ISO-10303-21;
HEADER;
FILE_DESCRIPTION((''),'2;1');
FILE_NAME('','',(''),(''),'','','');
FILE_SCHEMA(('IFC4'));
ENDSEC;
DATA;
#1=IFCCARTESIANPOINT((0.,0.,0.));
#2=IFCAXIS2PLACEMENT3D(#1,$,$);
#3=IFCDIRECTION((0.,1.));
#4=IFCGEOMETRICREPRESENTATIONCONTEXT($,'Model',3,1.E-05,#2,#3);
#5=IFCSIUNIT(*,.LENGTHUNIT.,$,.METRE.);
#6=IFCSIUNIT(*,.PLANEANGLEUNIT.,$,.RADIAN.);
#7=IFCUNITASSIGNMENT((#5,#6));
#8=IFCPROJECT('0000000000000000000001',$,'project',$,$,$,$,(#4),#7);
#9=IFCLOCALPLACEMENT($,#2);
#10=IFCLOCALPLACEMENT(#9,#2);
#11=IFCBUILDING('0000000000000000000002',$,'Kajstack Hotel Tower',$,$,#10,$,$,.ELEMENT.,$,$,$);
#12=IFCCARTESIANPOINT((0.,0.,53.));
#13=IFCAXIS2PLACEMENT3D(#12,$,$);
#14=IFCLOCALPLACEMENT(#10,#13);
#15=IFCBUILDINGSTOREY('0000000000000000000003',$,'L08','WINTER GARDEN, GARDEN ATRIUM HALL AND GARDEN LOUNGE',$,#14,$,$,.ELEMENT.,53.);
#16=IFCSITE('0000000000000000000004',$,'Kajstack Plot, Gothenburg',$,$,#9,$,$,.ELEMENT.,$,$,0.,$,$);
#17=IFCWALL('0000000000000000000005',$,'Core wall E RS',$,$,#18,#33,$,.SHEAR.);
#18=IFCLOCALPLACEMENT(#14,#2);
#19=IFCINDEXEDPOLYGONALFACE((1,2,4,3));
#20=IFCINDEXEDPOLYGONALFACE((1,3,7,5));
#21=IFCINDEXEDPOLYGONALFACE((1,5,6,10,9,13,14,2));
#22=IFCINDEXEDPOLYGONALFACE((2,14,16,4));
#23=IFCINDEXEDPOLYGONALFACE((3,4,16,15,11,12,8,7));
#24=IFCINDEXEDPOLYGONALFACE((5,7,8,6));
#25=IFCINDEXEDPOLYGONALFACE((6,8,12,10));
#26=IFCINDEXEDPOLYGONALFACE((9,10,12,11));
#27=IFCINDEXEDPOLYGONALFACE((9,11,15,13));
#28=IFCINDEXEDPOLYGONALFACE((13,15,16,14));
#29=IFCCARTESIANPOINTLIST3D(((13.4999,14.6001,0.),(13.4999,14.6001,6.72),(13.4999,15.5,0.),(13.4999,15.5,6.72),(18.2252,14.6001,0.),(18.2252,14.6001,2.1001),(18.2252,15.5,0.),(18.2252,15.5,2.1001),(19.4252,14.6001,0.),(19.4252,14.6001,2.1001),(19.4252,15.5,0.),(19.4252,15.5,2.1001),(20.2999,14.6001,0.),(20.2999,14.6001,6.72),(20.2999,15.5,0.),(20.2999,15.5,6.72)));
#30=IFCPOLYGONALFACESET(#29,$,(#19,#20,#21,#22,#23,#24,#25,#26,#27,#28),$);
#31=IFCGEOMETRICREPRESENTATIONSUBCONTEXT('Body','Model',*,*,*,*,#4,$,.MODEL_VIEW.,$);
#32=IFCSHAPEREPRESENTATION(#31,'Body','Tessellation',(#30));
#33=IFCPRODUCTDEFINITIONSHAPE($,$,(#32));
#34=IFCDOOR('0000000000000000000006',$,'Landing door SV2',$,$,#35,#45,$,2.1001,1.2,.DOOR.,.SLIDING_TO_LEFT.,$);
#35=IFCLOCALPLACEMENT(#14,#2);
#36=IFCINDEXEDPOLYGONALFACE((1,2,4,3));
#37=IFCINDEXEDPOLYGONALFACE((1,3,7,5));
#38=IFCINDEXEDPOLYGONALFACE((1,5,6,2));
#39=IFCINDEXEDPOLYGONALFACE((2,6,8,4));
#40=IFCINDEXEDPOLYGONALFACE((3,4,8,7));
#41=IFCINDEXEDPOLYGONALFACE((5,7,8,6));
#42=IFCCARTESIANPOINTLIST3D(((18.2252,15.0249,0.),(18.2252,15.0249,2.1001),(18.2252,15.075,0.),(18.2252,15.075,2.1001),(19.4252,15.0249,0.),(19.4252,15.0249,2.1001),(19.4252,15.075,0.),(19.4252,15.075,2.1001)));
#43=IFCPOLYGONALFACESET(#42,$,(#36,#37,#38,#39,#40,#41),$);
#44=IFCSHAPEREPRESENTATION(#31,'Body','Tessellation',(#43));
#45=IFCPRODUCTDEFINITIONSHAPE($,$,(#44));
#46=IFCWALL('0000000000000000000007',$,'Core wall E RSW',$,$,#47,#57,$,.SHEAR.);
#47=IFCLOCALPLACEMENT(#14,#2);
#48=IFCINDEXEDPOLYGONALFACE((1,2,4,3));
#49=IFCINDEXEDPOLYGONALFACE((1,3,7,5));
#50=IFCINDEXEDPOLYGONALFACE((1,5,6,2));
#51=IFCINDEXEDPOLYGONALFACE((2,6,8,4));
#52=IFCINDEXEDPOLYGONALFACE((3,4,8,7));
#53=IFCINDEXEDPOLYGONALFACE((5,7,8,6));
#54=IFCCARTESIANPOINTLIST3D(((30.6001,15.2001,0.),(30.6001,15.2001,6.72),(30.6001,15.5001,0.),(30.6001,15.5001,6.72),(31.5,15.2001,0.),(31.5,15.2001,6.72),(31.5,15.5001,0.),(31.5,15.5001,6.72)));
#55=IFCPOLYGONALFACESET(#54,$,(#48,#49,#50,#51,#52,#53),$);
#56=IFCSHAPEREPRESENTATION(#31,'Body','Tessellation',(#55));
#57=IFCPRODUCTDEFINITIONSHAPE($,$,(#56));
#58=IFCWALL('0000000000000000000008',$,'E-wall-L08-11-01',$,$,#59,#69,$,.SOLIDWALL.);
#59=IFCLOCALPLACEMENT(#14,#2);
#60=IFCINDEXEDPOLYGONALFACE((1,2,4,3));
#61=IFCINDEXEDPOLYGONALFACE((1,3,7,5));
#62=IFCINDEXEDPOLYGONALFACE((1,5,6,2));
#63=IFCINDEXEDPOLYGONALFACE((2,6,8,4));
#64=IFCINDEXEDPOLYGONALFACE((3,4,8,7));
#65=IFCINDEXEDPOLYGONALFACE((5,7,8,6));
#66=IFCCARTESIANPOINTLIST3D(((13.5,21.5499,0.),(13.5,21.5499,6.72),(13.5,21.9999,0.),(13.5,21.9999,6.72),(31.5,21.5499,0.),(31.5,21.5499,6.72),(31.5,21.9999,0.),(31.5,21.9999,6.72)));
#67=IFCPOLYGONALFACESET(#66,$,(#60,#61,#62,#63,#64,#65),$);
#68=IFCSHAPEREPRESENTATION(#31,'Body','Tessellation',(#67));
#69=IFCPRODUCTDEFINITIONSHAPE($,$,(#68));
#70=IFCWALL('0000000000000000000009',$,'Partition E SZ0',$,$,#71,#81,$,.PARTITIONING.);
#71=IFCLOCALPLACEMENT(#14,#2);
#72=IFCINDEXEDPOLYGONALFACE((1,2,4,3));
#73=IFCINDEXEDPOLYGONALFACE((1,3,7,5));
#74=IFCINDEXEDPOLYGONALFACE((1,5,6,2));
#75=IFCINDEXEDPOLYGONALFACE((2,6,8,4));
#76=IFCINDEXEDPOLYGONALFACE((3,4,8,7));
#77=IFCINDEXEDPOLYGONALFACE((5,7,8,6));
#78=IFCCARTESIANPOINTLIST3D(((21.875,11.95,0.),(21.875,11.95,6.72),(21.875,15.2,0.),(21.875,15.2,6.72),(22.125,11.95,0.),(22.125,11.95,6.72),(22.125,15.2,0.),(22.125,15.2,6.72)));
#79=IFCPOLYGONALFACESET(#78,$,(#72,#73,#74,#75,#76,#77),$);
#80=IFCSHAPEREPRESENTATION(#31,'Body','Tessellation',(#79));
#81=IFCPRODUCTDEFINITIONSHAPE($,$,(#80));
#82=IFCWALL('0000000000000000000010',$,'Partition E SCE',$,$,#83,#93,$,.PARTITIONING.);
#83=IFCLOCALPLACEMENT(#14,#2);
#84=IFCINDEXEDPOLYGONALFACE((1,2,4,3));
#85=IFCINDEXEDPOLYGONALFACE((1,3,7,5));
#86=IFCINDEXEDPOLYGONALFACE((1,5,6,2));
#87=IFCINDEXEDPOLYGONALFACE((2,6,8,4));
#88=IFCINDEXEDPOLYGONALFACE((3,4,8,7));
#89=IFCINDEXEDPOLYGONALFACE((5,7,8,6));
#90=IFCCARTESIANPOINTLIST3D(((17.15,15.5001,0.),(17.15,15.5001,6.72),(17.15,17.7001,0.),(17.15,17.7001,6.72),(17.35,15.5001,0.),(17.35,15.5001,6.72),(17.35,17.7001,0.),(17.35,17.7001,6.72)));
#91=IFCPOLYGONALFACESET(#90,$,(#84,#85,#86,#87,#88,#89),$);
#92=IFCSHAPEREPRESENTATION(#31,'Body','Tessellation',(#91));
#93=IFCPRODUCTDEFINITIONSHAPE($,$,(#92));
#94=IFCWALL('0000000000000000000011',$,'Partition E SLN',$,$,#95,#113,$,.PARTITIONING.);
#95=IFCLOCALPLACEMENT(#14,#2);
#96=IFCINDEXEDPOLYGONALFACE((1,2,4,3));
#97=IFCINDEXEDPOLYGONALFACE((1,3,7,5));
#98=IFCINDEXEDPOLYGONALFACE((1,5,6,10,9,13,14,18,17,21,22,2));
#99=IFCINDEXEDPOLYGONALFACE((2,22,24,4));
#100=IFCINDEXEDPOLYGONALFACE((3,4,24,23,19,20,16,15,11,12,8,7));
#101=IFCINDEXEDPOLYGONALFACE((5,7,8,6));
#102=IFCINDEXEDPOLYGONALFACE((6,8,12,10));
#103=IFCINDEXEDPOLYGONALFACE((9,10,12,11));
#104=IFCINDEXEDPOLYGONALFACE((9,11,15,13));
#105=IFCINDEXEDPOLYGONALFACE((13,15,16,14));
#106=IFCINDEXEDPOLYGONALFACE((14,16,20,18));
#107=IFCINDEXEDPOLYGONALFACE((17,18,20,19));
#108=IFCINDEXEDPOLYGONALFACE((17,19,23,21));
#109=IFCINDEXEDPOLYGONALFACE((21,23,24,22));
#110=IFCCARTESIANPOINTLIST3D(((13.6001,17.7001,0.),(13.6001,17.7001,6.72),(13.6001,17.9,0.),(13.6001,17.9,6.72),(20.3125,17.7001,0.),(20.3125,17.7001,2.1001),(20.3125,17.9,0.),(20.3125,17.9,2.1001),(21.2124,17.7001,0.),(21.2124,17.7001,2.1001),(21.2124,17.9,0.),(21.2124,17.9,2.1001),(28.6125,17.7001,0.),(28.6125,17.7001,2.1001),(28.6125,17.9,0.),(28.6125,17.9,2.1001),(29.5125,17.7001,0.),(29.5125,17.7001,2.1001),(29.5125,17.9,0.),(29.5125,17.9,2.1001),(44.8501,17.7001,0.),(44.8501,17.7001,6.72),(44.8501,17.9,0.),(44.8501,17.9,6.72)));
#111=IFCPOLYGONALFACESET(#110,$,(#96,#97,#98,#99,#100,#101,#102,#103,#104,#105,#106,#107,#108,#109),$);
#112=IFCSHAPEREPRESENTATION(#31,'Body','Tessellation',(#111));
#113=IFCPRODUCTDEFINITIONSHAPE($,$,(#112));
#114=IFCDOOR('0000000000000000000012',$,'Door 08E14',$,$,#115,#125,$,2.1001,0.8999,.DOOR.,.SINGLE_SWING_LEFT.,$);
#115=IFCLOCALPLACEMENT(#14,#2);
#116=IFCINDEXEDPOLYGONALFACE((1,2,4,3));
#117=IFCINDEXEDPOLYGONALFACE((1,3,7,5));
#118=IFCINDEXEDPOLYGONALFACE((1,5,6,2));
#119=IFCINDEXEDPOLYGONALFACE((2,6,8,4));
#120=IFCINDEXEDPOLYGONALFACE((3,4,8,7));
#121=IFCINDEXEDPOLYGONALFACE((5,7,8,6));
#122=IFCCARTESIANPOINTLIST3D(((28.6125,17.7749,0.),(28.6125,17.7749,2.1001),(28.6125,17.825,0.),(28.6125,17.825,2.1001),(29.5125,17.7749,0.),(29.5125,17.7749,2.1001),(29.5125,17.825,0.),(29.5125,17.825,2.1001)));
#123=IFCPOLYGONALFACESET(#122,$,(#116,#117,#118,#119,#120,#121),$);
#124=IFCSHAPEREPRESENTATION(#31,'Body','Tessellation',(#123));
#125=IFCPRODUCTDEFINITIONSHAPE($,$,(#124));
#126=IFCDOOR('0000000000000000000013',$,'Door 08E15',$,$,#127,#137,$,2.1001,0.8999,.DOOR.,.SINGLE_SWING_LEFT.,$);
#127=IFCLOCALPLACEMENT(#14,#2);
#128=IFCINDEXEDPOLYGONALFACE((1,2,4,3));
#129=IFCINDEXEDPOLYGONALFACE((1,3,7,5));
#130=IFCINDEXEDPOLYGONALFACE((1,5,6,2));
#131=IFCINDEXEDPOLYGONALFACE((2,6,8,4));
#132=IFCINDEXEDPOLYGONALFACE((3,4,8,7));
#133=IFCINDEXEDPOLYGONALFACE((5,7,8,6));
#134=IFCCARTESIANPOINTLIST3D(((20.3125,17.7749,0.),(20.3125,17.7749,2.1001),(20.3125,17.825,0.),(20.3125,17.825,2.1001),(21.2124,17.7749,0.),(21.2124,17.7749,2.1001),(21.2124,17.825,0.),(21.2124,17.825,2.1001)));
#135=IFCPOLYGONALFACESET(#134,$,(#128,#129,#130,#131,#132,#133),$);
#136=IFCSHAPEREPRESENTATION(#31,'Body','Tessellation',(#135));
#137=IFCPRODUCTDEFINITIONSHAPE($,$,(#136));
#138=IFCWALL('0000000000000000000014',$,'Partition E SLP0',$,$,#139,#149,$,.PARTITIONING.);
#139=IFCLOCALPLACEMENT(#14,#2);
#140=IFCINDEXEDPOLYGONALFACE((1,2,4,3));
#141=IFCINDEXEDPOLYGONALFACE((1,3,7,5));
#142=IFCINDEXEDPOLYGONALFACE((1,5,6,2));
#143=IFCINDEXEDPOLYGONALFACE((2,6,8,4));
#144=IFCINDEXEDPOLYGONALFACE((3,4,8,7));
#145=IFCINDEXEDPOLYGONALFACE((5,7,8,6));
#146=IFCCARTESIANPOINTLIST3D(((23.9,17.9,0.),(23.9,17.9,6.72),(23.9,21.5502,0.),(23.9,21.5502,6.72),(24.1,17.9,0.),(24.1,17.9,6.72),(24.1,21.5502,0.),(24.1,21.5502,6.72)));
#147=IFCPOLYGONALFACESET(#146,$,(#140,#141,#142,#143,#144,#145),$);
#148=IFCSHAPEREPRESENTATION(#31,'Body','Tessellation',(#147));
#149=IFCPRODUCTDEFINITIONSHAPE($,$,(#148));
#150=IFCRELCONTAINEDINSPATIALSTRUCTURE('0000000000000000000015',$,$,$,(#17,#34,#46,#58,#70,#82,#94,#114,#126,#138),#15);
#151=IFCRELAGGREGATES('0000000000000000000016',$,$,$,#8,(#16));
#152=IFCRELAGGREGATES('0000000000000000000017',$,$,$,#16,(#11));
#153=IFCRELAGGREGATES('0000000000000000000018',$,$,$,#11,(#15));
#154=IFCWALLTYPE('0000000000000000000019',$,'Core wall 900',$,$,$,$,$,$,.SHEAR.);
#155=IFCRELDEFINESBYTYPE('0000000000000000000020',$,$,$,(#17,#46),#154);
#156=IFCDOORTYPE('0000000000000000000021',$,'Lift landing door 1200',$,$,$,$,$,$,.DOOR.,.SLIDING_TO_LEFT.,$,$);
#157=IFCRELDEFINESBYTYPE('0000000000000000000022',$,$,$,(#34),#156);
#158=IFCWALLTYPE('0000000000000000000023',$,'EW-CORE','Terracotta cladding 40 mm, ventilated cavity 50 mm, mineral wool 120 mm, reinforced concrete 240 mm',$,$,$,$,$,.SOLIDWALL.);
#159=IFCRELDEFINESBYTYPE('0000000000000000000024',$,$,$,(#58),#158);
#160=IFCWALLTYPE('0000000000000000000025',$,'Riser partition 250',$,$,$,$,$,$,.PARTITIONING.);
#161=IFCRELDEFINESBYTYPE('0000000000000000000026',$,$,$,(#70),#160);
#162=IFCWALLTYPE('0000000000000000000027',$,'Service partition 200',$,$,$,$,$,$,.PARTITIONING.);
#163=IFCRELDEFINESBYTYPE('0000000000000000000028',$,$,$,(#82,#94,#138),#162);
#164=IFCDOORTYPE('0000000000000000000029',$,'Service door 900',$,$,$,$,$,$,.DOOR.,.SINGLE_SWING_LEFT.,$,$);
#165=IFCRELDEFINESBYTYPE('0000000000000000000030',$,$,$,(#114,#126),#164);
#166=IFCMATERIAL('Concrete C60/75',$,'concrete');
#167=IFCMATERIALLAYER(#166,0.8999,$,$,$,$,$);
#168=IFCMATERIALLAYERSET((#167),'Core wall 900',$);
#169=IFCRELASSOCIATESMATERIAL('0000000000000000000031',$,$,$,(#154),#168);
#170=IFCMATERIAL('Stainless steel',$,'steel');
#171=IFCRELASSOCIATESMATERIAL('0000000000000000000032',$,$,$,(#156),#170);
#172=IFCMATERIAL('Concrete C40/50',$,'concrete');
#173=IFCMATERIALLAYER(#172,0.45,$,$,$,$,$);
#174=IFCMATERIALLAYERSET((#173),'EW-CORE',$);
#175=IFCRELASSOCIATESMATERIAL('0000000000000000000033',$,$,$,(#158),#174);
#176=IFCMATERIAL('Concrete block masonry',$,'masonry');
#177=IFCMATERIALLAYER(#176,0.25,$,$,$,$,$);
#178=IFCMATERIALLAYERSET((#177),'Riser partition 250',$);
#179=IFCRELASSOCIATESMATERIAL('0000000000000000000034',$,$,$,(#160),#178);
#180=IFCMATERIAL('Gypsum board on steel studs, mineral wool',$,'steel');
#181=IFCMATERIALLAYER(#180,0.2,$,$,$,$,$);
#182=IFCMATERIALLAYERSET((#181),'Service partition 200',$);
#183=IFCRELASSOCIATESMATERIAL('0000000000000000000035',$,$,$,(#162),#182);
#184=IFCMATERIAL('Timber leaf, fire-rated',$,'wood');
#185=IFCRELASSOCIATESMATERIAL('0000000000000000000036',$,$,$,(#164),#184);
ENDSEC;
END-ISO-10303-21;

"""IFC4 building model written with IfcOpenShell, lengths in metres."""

from ifc_helpers import new_model, si_unit, direction, frame, frame_2d, origin, place, context, subcontext, project, spatial, rectangle, extrude, material, layer, layer_set, type_object, element, fill, save


model = new_model("IFC4")

# Units and contexts
model_context = context("Model", 3, precision=1e-05, world=origin(), true_north=direction((0.0, 1.0)))
body_context = subcontext(model_context, "Body", "Model", "MODEL_VIEW")
ifc_project = project(units=[si_unit("LENGTHUNIT", "METRE"), si_unit("PLANEANGLEUNIT", "RADIAN")], contexts=[model_context])

# Site, building, storey
site_placement = place(None, origin())
site = spatial("IfcSite", under=ifc_project, at=site_placement, Name="Kajstack Plot, Gothenburg", CompositionType="ELEMENT", RefElevation=0.0)
building_placement = place(site_placement, origin())
building = spatial("IfcBuilding", under=site, at=building_placement, Name="Kajstack Hotel Tower", CompositionType="ELEMENT")
storey_placement = place(building_placement, frame((0.0, 0.0, 53.0)))
storey = spatial("IfcBuildingStorey", under=building, at=storey_placement, Name="L08", Description="WINTER GARDEN, GARDEN ATRIUM HALL AND GARDEN LOUNGE", CompositionType="ELEMENT", Elevation=53.0)

# Wall, opening, door
ifc_material_1 = material(Name="Concrete C60/75", Category="concrete")
ifc_layer_1 = layer(ifc_material_1, 0.8999)
ifc_layer_set_1 = layer_set([ifc_layer_1], Name="Core wall 900")
wall_type_1 = type_object("IfcWallType", Name="Core wall 900", PredefinedType="SHEAR", material=ifc_layer_set_1)
wall_1_placement = place(storey_placement, frame((13.5, 15.05, 0.0), z_axis=(0.0, 0.0, 1.0), x_axis=(1.0, 0.0, 0.0)))
wall_1 = element("IfcWall", 1, at=wall_1_placement, inside=storey, type_object=wall_type_1, Name="Core wall E RS", PredefinedType="SHEAR", context=body_context, shape_type="SweptSolid", body=[
    extrude(rectangle(XDim=6.8, YDim=0.8999, at=frame_2d((3.3999, 0.0))), origin(), (0.0, 0.0, 1.0), 6.72),
])
opening_1_placement = place(wall_1_placement, frame((4.7251, 0.0, 0.0)))
opening_1 = element("IfcOpeningElement", 2, at=opening_1_placement, cuts=wall_1, PredefinedType="OPENING", context=body_context, shape_type="SweptSolid", body=[
    extrude(rectangle(XDim=1.2, YDim=2.1001, at=frame_2d((0.6001, 1.05))), frame((0.0, 0.46, 0.0), z_axis=(0.0, -1.0, 0.0), x_axis=(1.0, 0.0, 0.0)), (0.0, 0.0, 1.0), 0.9199),
])
ifc_material_2 = material(Name="Stainless steel", Category="steel")
door_type_1 = type_object("IfcDoorType", Name="Lift landing door 1200", OperationType="SLIDING_TO_LEFT", PredefinedType="DOOR", material=ifc_material_2)
door_1_placement = place(opening_1_placement, origin())
door_1 = element("IfcDoor", 3, at=door_1_placement, inside=storey, type_object=door_type_1, Name="Landing door SV2", OperationType="SLIDING_TO_LEFT", OverallHeight=2.1001, OverallWidth=1.2, PredefinedType="DOOR", context=body_context, shape_type="SweptSolid", body=[
    extrude(rectangle(XDim=1.2, YDim=2.1001, at=frame_2d((0.6001, 1.05))), frame((0.0, 0.0249, 0.0), z_axis=(0.0, -1.0, 0.0), x_axis=(1.0, 0.0, 0.0)), (0.0, 0.0, 1.0), 0.05),
])
fill(opening_1, door_1)

# Walls
wall_2_placement = place(storey_placement, frame((30.6001, 15.3501, 0.0), z_axis=(0.0, 0.0, 1.0), x_axis=(1.0, 0.0, 0.0)))
element("IfcWall", 4, at=wall_2_placement, inside=storey, type_object=wall_type_1, Name="Core wall E RSW", PredefinedType="SHEAR", context=body_context, shape_type="SweptSolid", body=[
    extrude(rectangle(XDim=0.8999, YDim=0.3, at=frame_2d((0.45, 0.0))), origin(), (0.0, 0.0, 1.0), 6.72),
])
ifc_material_3 = material(Name="Concrete C40/50", Category="concrete")
ifc_layer_2 = layer(ifc_material_3, 0.45)
ifc_layer_set_2 = layer_set([ifc_layer_2], Name="EW-CORE")
wall_type_2 = type_object("IfcWallType", Name="EW-CORE", Description="Terracotta cladding 40 mm, ventilated cavity 50 mm, mineral wool 120 mm, reinforced concrete 240 mm", PredefinedType="SOLIDWALL", material=ifc_layer_set_2)
wall_3_placement = place(storey_placement, frame((31.5, 21.7749, 0.0), z_axis=(0.0, 0.0, 1.0), x_axis=(-1.0, 0.0, 0.0)))
element("IfcWall", 5, at=wall_3_placement, inside=storey, type_object=wall_type_2, Name="E-wall-L08-11-01", PredefinedType="SOLIDWALL", context=body_context, shape_type="SweptSolid", body=[
    extrude(rectangle(XDim=18.0, YDim=0.45, at=frame_2d((9.0, 0.0))), origin(), (0.0, 0.0, 1.0), 6.72),
])
ifc_material_4 = material(Name="Concrete block masonry", Category="masonry")
ifc_layer_3 = layer(ifc_material_4, 0.25)
ifc_layer_set_3 = layer_set([ifc_layer_3], Name="Riser partition 250")
wall_type_3 = type_object("IfcWallType", Name="Riser partition 250", PredefinedType="PARTITIONING", material=ifc_layer_set_3)
wall_4_placement = place(storey_placement, frame((22.0, 11.95, 0.0), z_axis=(0.0, 0.0, 1.0), x_axis=(0.0, 1.0, 0.0)))
element("IfcWall", 6, at=wall_4_placement, inside=storey, type_object=wall_type_3, Name="Partition E SZ0", PredefinedType="PARTITIONING", context=body_context, shape_type="SweptSolid", body=[
    extrude(rectangle(XDim=3.25, YDim=0.25, at=frame_2d((1.625, 0.0))), origin(), (0.0, 0.0, 1.0), 6.72),
])
ifc_material_5 = material(Name="Gypsum board on steel studs, mineral wool", Category="steel")
ifc_layer_4 = layer(ifc_material_5, 0.2)
ifc_layer_set_4 = layer_set([ifc_layer_4], Name="Service partition 200")
wall_type_4 = type_object("IfcWallType", Name="Service partition 200", PredefinedType="PARTITIONING", material=ifc_layer_set_4)
wall_5_placement = place(storey_placement, frame((17.25, 15.5, 0.0), z_axis=(0.0, 0.0, 1.0), x_axis=(0.0, 1.0, 0.0)))
element("IfcWall", 7, at=wall_5_placement, inside=storey, type_object=wall_type_4, Name="Partition E SCE", PredefinedType="PARTITIONING", context=body_context, shape_type="SweptSolid", body=[
    extrude(rectangle(XDim=2.2, YDim=0.2, at=frame_2d((1.1001, 0.0))), origin(), (0.0, 0.0, 1.0), 6.72),
])

# Wall, openings, doors
wall_6_placement = place(storey_placement, frame((13.6001, 17.8, 0.0), z_axis=(0.0, 0.0, 1.0), x_axis=(1.0, 0.0, 0.0)))
wall_6 = element("IfcWall", 8, at=wall_6_placement, inside=storey, type_object=wall_type_4, Name="Partition E SLN", PredefinedType="PARTITIONING", context=body_context, shape_type="SweptSolid", body=[
    extrude(rectangle(XDim=31.25, YDim=0.2, at=frame_2d((15.625, 0.0))), origin(), (0.0, 0.0, 1.0), 6.72),
])
opening_2_placement = place(wall_6_placement, frame((15.0125, 0.0, 0.0)))
opening_2 = element("IfcOpeningElement", 9, at=opening_2_placement, cuts=wall_6, PredefinedType="OPENING", context=body_context, shape_type="SweptSolid", body=[
    extrude(rectangle(XDim=0.8999, YDim=2.1001, at=frame_2d((0.45, 1.05))), frame((0.0, 0.1099, 0.0), z_axis=(0.0, -1.0, 0.0), x_axis=(1.0, 0.0, 0.0)), (0.0, 0.0, 1.0), 0.22),
])
opening_3_placement = place(wall_6_placement, frame((6.7124, 0.0, 0.0)))
opening_3 = element("IfcOpeningElement", 10, at=opening_3_placement, cuts=wall_6, PredefinedType="OPENING", context=body_context, shape_type="SweptSolid", body=[
    extrude(rectangle(XDim=0.8999, YDim=2.1001, at=frame_2d((0.45, 1.05))), frame((0.0, 0.1099, 0.0), z_axis=(0.0, -1.0, 0.0), x_axis=(1.0, 0.0, 0.0)), (0.0, 0.0, 1.0), 0.22),
])
ifc_material_6 = material(Name="Timber leaf, fire-rated", Category="wood")
door_type_2 = type_object("IfcDoorType", Name="Service door 900", OperationType="SINGLE_SWING_LEFT", PredefinedType="DOOR", material=ifc_material_6)
door_2_placement = place(opening_2_placement, origin())
door_2 = element("IfcDoor", 11, at=door_2_placement, inside=storey, type_object=door_type_2, Name="Door 08E14", OperationType="SINGLE_SWING_LEFT", OverallHeight=2.1001, OverallWidth=0.8999, PredefinedType="DOOR", context=body_context, shape_type="SweptSolid", body=[
    extrude(rectangle(XDim=0.8999, YDim=2.1001, at=frame_2d((0.45, 1.05))), frame((0.0, 0.0249, 0.0), z_axis=(0.0, -1.0, 0.0), x_axis=(1.0, 0.0, 0.0)), (0.0, 0.0, 1.0), 0.05),
])
fill(opening_2, door_2)
door_3_placement = place(opening_3_placement, origin())
door_3 = element("IfcDoor", 12, at=door_3_placement, inside=storey, type_object=door_type_2, Name="Door 08E15", OperationType="SINGLE_SWING_LEFT", OverallHeight=2.1001, OverallWidth=0.8999, PredefinedType="DOOR", context=body_context, shape_type="SweptSolid", body=[
    extrude(rectangle(XDim=0.8999, YDim=2.1001, at=frame_2d((0.45, 1.05))), frame((0.0, 0.0249, 0.0), z_axis=(0.0, -1.0, 0.0), x_axis=(1.0, 0.0, 0.0)), (0.0, 0.0, 1.0), 0.05),
])
fill(opening_3, door_3)

# Wall
wall_7_placement = place(storey_placement, frame((24.0, 17.8999, 0.0), z_axis=(0.0, 0.0, 1.0), x_axis=(0.0, 1.0, 0.0)))
element("IfcWall", 13, at=wall_7_placement, inside=storey, type_object=wall_type_4, Name="Partition E SLP0", PredefinedType="PARTITIONING", context=body_context, shape_type="SweptSolid", body=[
    extrude(rectangle(XDim=3.6501, YDim=0.2, at=frame_2d((1.8252, 0.0))), origin(), (0.0, 0.0, 1.0), 6.72),
])

save(model, "model.ifc")
